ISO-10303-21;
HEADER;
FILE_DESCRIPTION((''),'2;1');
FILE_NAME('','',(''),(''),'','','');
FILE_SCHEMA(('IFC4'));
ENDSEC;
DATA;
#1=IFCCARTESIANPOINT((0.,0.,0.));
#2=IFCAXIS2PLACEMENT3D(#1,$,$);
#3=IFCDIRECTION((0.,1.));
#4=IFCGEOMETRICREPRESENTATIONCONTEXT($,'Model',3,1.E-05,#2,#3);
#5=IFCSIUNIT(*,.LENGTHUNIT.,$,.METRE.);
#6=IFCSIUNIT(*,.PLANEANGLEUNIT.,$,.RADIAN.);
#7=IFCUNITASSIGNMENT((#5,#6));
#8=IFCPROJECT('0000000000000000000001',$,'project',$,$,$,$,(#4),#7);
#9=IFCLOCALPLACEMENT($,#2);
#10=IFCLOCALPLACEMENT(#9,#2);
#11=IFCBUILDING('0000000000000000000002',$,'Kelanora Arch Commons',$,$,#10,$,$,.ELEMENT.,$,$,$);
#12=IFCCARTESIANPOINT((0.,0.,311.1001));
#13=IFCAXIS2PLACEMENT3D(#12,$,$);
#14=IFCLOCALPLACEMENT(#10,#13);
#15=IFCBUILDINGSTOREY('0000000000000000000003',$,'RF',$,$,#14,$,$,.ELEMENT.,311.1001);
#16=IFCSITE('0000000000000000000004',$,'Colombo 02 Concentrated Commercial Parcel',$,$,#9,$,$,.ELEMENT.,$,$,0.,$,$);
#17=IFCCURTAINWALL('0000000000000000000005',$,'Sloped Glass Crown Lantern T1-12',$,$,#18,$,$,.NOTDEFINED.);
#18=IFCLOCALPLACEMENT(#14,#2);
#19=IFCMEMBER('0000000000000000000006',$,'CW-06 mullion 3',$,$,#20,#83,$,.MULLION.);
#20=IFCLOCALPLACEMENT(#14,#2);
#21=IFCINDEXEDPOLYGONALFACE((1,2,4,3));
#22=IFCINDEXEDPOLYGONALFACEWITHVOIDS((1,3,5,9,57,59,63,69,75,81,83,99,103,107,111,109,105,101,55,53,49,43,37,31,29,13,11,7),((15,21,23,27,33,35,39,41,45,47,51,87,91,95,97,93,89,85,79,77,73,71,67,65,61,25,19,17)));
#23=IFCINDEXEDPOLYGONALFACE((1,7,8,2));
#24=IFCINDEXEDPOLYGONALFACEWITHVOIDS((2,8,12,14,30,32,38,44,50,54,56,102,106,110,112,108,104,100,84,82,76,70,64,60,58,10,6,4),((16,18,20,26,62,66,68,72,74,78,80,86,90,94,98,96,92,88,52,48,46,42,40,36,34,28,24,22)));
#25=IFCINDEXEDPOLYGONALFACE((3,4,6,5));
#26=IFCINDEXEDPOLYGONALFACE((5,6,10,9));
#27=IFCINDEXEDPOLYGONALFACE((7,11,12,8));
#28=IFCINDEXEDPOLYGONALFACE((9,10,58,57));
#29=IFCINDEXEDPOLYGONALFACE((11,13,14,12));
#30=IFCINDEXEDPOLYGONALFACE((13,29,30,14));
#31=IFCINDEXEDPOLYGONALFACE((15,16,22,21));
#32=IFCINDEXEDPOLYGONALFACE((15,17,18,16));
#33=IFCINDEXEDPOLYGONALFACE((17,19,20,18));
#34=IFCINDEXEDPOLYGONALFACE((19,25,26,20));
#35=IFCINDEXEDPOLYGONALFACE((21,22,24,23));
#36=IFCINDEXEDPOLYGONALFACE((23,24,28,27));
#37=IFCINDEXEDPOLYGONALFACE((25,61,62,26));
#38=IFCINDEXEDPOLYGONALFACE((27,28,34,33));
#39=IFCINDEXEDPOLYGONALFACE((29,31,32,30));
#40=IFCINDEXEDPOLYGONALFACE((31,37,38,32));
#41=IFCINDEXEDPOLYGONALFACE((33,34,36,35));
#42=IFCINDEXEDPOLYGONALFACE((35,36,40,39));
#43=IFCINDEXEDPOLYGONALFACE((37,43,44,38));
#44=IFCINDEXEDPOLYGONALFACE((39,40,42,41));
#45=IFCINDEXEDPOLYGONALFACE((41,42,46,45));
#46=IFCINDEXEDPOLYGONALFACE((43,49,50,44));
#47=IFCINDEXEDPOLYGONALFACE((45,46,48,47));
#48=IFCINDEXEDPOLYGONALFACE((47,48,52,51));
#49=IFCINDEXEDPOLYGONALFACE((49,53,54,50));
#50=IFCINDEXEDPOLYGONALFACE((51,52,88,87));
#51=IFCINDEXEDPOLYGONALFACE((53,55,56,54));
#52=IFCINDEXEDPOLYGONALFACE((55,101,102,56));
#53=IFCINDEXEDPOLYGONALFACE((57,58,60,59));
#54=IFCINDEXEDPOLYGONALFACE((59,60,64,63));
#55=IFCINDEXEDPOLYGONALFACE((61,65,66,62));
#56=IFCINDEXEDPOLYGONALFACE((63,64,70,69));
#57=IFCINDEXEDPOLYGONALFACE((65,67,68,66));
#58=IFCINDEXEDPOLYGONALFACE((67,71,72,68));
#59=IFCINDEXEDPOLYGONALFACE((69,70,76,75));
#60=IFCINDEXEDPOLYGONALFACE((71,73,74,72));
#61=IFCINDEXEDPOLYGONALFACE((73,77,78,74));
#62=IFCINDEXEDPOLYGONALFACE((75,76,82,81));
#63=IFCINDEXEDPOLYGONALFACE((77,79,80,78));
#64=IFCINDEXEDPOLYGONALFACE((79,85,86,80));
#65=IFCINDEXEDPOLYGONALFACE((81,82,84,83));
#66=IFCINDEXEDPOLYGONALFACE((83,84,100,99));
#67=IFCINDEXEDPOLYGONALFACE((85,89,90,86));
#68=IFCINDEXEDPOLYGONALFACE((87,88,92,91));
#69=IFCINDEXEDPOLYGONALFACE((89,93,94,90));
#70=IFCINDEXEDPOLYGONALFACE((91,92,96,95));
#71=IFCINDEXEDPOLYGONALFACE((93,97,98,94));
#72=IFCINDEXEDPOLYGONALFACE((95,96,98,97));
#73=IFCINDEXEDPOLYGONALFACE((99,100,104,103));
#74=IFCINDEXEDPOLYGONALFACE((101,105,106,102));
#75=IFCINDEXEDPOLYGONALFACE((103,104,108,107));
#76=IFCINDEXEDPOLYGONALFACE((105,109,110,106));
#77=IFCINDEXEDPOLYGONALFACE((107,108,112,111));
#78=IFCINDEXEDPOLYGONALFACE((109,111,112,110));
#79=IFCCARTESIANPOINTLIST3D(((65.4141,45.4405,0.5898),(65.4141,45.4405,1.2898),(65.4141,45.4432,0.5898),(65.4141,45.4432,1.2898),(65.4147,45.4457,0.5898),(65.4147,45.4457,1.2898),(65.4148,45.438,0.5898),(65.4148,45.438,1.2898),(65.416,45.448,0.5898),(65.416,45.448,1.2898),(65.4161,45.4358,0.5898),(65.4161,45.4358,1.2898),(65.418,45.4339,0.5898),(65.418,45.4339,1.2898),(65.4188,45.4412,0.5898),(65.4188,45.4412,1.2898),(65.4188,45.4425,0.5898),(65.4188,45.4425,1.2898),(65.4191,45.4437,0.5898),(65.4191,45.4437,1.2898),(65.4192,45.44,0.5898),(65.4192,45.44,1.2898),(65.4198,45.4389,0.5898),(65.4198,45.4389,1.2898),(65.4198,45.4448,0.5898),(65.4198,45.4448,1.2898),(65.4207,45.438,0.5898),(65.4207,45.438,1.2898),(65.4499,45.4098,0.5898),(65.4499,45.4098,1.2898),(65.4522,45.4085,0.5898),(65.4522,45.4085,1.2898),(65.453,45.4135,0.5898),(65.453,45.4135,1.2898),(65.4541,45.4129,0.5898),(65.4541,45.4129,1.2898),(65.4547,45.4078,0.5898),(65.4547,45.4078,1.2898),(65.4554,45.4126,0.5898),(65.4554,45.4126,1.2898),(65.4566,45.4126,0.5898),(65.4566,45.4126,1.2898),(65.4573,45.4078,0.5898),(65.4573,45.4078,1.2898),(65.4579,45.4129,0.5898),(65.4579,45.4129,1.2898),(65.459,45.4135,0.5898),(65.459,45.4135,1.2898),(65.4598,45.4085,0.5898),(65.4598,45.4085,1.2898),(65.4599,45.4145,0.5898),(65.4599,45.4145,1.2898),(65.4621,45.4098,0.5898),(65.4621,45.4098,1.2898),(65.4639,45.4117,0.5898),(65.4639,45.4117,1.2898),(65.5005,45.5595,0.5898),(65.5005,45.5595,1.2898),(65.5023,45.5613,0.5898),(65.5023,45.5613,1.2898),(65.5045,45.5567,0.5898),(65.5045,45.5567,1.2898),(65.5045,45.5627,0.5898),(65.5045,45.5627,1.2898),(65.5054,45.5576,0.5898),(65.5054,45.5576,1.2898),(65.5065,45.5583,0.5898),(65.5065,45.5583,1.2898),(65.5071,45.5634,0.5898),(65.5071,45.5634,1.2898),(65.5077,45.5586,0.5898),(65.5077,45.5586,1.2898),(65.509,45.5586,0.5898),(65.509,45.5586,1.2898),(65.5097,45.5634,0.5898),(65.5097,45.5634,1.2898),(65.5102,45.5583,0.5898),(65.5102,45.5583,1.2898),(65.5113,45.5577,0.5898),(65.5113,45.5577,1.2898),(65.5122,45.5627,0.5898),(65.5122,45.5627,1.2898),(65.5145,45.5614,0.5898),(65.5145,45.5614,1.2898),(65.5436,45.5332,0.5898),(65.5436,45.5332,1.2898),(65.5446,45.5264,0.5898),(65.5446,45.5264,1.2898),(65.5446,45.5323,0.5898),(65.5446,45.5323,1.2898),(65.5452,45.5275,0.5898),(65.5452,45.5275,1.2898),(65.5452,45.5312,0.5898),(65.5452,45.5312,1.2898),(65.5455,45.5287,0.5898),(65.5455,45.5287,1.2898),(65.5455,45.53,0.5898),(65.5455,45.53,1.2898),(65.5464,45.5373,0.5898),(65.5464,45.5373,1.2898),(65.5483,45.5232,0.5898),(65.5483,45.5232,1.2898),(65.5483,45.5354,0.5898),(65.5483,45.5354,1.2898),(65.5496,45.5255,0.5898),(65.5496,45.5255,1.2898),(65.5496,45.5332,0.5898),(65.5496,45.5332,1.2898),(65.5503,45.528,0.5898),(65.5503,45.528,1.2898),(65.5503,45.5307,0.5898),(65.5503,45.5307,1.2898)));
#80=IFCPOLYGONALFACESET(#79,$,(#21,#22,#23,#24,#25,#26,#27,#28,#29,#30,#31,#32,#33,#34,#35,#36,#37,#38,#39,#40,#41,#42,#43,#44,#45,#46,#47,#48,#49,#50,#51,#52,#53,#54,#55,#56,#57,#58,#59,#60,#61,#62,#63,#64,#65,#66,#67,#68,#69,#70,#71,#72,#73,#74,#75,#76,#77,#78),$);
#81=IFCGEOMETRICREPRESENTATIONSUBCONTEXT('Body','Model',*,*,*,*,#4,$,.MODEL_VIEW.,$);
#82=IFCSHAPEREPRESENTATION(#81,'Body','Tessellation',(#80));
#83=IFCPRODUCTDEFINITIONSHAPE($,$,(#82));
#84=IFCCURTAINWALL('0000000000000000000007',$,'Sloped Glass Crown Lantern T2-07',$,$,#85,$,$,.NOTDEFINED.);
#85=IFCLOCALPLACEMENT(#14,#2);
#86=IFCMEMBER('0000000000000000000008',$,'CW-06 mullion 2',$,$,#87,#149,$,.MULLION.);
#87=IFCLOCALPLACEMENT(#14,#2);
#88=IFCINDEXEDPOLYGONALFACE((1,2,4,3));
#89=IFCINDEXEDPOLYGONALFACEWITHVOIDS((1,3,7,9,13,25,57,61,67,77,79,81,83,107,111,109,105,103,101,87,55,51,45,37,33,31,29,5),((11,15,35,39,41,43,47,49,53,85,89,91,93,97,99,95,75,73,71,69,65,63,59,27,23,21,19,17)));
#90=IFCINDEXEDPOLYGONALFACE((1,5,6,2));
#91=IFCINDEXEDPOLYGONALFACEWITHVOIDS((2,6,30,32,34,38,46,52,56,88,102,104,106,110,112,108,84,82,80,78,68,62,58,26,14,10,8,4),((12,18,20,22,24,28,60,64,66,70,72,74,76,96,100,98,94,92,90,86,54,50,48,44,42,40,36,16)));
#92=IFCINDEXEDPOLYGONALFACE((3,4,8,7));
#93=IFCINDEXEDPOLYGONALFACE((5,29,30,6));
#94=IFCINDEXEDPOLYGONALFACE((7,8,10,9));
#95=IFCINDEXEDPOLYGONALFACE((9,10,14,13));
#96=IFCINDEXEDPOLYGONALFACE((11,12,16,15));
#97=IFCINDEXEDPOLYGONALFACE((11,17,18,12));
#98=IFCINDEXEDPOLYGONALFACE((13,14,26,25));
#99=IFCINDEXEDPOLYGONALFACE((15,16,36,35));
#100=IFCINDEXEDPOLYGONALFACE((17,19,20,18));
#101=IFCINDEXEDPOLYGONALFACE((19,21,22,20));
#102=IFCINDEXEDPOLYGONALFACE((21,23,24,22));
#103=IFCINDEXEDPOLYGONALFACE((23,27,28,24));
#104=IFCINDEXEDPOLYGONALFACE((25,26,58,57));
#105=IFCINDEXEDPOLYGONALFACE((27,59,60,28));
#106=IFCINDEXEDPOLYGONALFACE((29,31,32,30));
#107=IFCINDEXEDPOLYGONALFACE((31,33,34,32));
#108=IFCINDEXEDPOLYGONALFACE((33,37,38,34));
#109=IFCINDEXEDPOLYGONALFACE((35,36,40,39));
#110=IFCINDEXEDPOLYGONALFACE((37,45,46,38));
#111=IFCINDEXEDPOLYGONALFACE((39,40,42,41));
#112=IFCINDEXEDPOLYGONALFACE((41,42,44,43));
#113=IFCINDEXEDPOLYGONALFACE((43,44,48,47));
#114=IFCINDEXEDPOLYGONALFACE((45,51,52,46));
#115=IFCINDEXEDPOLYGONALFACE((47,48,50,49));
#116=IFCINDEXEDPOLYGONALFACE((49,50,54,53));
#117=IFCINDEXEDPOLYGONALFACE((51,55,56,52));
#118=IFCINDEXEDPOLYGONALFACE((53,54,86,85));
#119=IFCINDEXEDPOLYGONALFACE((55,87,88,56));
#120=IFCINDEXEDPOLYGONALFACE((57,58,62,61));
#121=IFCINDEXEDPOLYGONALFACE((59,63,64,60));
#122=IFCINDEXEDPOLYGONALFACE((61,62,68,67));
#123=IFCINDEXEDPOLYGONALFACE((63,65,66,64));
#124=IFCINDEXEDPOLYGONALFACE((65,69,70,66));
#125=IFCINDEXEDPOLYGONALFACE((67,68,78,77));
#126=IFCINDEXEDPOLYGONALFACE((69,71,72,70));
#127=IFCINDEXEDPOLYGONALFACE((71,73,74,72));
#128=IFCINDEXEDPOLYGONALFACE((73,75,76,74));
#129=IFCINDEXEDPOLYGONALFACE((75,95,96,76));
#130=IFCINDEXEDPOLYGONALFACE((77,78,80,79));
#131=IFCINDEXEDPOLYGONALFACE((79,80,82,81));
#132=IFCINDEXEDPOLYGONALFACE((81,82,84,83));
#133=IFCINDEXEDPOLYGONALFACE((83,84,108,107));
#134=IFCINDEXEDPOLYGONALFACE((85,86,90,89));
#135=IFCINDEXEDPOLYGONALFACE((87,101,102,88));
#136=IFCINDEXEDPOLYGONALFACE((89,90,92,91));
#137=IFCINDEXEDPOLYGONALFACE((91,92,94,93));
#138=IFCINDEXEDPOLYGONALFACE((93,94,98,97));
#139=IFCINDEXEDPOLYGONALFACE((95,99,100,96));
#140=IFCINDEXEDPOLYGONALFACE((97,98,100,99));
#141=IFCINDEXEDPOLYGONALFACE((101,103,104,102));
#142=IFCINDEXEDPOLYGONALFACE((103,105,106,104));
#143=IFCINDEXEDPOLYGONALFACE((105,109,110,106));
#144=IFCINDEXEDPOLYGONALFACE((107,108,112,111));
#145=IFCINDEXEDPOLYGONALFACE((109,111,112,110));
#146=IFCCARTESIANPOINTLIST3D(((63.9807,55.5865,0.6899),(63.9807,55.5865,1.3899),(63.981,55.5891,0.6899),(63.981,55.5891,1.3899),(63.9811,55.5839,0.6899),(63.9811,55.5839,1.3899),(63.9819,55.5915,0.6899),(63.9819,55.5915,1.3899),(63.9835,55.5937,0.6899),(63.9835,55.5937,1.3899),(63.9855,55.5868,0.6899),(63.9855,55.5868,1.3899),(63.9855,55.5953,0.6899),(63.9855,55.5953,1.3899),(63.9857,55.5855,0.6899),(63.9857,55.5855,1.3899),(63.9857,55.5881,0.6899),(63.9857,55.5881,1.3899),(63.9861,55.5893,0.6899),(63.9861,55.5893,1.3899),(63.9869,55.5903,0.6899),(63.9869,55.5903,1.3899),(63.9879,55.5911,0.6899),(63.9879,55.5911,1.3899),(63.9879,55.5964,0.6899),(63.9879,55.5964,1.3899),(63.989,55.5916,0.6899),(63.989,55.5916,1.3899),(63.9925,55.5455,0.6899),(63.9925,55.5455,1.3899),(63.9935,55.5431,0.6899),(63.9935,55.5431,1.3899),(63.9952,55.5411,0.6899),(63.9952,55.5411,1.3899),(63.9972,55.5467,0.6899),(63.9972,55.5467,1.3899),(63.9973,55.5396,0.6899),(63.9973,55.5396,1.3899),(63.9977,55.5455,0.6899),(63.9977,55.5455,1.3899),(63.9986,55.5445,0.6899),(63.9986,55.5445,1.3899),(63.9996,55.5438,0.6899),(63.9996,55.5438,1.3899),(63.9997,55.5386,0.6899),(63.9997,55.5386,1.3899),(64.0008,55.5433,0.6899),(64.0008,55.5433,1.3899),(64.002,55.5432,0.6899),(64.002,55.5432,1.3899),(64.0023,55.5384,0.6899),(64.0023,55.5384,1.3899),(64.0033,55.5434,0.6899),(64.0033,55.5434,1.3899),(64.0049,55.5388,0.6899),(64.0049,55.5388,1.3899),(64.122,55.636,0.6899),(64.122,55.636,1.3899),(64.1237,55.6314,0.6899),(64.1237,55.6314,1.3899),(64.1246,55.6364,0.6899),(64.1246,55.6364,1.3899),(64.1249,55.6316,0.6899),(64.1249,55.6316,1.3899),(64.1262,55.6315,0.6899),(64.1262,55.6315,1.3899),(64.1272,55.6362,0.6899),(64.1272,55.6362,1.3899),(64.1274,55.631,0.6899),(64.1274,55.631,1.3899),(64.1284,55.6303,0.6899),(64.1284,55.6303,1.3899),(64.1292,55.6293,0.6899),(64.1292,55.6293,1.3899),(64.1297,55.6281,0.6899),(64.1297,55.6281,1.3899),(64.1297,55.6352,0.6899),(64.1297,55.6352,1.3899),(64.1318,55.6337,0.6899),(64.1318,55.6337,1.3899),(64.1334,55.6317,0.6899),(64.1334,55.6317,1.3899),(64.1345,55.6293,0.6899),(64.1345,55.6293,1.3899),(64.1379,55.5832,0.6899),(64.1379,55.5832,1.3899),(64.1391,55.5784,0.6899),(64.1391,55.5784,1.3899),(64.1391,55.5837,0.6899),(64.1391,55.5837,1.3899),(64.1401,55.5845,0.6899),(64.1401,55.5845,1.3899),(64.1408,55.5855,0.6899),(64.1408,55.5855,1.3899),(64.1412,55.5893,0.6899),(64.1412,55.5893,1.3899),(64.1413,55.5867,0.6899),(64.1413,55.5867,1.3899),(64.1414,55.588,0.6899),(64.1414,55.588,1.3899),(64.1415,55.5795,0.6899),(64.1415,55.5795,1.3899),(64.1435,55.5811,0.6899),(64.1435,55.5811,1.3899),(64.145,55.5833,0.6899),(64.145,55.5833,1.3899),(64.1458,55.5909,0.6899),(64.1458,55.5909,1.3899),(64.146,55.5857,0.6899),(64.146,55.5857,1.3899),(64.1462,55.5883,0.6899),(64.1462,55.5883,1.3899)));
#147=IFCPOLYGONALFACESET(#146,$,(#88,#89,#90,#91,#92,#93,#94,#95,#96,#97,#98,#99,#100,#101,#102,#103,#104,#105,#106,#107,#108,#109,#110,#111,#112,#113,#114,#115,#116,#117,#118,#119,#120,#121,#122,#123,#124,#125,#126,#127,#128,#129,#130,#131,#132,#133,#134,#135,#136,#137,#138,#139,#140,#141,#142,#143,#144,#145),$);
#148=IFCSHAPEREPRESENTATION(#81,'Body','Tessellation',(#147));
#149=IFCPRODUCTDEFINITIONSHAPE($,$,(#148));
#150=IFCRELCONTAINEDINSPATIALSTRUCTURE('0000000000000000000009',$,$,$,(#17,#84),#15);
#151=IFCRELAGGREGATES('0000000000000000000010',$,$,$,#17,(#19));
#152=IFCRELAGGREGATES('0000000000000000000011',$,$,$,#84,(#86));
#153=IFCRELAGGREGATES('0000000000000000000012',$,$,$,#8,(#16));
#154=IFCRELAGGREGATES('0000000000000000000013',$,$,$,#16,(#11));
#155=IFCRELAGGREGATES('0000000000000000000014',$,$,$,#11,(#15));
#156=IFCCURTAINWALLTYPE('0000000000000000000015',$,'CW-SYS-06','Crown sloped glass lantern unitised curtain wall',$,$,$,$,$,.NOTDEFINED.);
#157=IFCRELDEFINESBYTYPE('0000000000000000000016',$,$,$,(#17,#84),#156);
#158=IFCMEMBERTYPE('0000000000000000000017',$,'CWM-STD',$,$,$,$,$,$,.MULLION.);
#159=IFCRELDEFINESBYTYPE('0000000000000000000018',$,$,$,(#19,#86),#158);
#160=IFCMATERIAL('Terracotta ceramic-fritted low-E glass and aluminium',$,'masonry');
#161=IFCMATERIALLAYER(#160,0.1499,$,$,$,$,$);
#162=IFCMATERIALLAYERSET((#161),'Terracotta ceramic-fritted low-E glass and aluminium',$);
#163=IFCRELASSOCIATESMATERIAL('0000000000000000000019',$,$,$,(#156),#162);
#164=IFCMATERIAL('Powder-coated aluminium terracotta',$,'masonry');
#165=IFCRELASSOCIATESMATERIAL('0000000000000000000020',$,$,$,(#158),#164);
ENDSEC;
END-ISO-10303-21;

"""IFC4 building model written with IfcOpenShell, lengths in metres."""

from ifc_helpers import new_model, si_unit, direction, frame, origin, origin_2d, place, context, subcontext, project, spatial, hollow_rectangle, extrude, material, layer, layer_set, material_profile, profile_set, type_object, element, aggregate, save


model = new_model("IFC4")

# Units and contexts
model_context = context("Model", 3, precision=1e-05, world=origin(), true_north=direction((0.0, 1.0)))
body_context = subcontext(model_context, "Body", "Model", "MODEL_VIEW")
ifc_project = project(units=[si_unit("LENGTHUNIT", "METRE"), si_unit("PLANEANGLEUNIT", "RADIAN")], contexts=[model_context])

# Site, building, storey
site_placement = place(None, origin())
site = spatial("IfcSite", under=ifc_project, at=site_placement, Name="Colombo 02 Concentrated Commercial Parcel", CompositionType="ELEMENT", RefElevation=0.0)
building_placement = place(site_placement, origin())
building = spatial("IfcBuilding", under=site, at=building_placement, Name="Kelanora Arch Commons", CompositionType="ELEMENT")
storey_placement = place(building_placement, frame((0.0, 0.0, 311.1001)))
storey = spatial("IfcBuildingStorey", under=building, at=storey_placement, Name="RF", CompositionType="ELEMENT", Elevation=311.1001)

# Curtain walls, members
ifc_material_1 = material(Name="Terracotta ceramic-fritted low-E glass and aluminium", Category="masonry")
ifc_layer_1 = layer(ifc_material_1, 0.1499)
ifc_layer_set_1 = layer_set([ifc_layer_1], Name="Terracotta ceramic-fritted low-E glass and aluminium")
curtain_wall_type = type_object("IfcCurtainWallType", Name="CW-SYS-06", Description="Crown sloped glass lantern unitised curtain wall", PredefinedType="NOTDEFINED", material=ifc_layer_set_1)
curtain_wall_1_placement = place(storey_placement, origin())
curtain_wall_1 = element("IfcCurtainWall", 1, at=curtain_wall_1_placement, inside=storey, type_object=curtain_wall_type, Name="Sloped Glass Crown Lantern T1-12", PredefinedType="NOTDEFINED")
ifc_material_2 = material(Name="Powder-coated aluminium terracotta", Category="masonry")
ifc_material_profile_1 = material_profile(ifc_material_2, hollow_rectangle(XDim=0.1599, YDim=0.0601, WallThickness=0.0049, InnerFilletRadius=0.0049, OuterFilletRadius=0.01, at=origin_2d()), Name="CWM160x60")
ifc_profile_set_1 = profile_set([ifc_material_profile_1], Name="Powder-coated aluminium terracotta")
member_type_1 = type_object("IfcMemberType", Name="CWM-STD", PredefinedType="MULLION", material=ifc_profile_set_1)
member_1_placement = place(storey_placement, frame((65.4822, 45.4856, 0.5898), z_axis=(0.0, 0.0, 1.0), x_axis=(0.603568, 0.797311, 0.0)))
member_1 = element("IfcMember", 2, at=member_1_placement, type_object=member_type_1, Name="CW-06 mullion 3", PredefinedType="MULLION", context=body_context, shape_type="SweptSolid", body=[
    extrude(hollow_rectangle(XDim=0.1599, YDim=0.0601, WallThickness=0.0049, InnerFilletRadius=0.0049, OuterFilletRadius=0.01, at=origin_2d()), origin(), (0.0, 0.0, 1.0), 0.7),
])
curtain_wall_2_placement = place(storey_placement, origin())
curtain_wall_2 = element("IfcCurtainWall", 3, at=curtain_wall_2_placement, inside=storey, type_object=curtain_wall_type, Name="Sloped Glass Crown Lantern T2-07", PredefinedType="NOTDEFINED")
member_2_placement = place(storey_placement, frame((64.0635, 55.5874, 0.6899), z_axis=(0.0, 0.0, 1.0), x_axis=(0.958953, 0.283564, 0.0)))
member_2 = element("IfcMember", 4, at=member_2_placement, type_object=member_type_1, Name="CW-06 mullion 2", PredefinedType="MULLION", context=body_context, shape_type="SweptSolid", body=[
    extrude(hollow_rectangle(XDim=0.1599, YDim=0.0601, WallThickness=0.0049, InnerFilletRadius=0.0049, OuterFilletRadius=0.01, at=origin_2d()), origin(), (0.0, 0.0, 1.0), 0.7),
])

aggregate(curtain_wall_1, [member_1])
aggregate(curtain_wall_2, [member_2])

save(model, "model.ifc")
